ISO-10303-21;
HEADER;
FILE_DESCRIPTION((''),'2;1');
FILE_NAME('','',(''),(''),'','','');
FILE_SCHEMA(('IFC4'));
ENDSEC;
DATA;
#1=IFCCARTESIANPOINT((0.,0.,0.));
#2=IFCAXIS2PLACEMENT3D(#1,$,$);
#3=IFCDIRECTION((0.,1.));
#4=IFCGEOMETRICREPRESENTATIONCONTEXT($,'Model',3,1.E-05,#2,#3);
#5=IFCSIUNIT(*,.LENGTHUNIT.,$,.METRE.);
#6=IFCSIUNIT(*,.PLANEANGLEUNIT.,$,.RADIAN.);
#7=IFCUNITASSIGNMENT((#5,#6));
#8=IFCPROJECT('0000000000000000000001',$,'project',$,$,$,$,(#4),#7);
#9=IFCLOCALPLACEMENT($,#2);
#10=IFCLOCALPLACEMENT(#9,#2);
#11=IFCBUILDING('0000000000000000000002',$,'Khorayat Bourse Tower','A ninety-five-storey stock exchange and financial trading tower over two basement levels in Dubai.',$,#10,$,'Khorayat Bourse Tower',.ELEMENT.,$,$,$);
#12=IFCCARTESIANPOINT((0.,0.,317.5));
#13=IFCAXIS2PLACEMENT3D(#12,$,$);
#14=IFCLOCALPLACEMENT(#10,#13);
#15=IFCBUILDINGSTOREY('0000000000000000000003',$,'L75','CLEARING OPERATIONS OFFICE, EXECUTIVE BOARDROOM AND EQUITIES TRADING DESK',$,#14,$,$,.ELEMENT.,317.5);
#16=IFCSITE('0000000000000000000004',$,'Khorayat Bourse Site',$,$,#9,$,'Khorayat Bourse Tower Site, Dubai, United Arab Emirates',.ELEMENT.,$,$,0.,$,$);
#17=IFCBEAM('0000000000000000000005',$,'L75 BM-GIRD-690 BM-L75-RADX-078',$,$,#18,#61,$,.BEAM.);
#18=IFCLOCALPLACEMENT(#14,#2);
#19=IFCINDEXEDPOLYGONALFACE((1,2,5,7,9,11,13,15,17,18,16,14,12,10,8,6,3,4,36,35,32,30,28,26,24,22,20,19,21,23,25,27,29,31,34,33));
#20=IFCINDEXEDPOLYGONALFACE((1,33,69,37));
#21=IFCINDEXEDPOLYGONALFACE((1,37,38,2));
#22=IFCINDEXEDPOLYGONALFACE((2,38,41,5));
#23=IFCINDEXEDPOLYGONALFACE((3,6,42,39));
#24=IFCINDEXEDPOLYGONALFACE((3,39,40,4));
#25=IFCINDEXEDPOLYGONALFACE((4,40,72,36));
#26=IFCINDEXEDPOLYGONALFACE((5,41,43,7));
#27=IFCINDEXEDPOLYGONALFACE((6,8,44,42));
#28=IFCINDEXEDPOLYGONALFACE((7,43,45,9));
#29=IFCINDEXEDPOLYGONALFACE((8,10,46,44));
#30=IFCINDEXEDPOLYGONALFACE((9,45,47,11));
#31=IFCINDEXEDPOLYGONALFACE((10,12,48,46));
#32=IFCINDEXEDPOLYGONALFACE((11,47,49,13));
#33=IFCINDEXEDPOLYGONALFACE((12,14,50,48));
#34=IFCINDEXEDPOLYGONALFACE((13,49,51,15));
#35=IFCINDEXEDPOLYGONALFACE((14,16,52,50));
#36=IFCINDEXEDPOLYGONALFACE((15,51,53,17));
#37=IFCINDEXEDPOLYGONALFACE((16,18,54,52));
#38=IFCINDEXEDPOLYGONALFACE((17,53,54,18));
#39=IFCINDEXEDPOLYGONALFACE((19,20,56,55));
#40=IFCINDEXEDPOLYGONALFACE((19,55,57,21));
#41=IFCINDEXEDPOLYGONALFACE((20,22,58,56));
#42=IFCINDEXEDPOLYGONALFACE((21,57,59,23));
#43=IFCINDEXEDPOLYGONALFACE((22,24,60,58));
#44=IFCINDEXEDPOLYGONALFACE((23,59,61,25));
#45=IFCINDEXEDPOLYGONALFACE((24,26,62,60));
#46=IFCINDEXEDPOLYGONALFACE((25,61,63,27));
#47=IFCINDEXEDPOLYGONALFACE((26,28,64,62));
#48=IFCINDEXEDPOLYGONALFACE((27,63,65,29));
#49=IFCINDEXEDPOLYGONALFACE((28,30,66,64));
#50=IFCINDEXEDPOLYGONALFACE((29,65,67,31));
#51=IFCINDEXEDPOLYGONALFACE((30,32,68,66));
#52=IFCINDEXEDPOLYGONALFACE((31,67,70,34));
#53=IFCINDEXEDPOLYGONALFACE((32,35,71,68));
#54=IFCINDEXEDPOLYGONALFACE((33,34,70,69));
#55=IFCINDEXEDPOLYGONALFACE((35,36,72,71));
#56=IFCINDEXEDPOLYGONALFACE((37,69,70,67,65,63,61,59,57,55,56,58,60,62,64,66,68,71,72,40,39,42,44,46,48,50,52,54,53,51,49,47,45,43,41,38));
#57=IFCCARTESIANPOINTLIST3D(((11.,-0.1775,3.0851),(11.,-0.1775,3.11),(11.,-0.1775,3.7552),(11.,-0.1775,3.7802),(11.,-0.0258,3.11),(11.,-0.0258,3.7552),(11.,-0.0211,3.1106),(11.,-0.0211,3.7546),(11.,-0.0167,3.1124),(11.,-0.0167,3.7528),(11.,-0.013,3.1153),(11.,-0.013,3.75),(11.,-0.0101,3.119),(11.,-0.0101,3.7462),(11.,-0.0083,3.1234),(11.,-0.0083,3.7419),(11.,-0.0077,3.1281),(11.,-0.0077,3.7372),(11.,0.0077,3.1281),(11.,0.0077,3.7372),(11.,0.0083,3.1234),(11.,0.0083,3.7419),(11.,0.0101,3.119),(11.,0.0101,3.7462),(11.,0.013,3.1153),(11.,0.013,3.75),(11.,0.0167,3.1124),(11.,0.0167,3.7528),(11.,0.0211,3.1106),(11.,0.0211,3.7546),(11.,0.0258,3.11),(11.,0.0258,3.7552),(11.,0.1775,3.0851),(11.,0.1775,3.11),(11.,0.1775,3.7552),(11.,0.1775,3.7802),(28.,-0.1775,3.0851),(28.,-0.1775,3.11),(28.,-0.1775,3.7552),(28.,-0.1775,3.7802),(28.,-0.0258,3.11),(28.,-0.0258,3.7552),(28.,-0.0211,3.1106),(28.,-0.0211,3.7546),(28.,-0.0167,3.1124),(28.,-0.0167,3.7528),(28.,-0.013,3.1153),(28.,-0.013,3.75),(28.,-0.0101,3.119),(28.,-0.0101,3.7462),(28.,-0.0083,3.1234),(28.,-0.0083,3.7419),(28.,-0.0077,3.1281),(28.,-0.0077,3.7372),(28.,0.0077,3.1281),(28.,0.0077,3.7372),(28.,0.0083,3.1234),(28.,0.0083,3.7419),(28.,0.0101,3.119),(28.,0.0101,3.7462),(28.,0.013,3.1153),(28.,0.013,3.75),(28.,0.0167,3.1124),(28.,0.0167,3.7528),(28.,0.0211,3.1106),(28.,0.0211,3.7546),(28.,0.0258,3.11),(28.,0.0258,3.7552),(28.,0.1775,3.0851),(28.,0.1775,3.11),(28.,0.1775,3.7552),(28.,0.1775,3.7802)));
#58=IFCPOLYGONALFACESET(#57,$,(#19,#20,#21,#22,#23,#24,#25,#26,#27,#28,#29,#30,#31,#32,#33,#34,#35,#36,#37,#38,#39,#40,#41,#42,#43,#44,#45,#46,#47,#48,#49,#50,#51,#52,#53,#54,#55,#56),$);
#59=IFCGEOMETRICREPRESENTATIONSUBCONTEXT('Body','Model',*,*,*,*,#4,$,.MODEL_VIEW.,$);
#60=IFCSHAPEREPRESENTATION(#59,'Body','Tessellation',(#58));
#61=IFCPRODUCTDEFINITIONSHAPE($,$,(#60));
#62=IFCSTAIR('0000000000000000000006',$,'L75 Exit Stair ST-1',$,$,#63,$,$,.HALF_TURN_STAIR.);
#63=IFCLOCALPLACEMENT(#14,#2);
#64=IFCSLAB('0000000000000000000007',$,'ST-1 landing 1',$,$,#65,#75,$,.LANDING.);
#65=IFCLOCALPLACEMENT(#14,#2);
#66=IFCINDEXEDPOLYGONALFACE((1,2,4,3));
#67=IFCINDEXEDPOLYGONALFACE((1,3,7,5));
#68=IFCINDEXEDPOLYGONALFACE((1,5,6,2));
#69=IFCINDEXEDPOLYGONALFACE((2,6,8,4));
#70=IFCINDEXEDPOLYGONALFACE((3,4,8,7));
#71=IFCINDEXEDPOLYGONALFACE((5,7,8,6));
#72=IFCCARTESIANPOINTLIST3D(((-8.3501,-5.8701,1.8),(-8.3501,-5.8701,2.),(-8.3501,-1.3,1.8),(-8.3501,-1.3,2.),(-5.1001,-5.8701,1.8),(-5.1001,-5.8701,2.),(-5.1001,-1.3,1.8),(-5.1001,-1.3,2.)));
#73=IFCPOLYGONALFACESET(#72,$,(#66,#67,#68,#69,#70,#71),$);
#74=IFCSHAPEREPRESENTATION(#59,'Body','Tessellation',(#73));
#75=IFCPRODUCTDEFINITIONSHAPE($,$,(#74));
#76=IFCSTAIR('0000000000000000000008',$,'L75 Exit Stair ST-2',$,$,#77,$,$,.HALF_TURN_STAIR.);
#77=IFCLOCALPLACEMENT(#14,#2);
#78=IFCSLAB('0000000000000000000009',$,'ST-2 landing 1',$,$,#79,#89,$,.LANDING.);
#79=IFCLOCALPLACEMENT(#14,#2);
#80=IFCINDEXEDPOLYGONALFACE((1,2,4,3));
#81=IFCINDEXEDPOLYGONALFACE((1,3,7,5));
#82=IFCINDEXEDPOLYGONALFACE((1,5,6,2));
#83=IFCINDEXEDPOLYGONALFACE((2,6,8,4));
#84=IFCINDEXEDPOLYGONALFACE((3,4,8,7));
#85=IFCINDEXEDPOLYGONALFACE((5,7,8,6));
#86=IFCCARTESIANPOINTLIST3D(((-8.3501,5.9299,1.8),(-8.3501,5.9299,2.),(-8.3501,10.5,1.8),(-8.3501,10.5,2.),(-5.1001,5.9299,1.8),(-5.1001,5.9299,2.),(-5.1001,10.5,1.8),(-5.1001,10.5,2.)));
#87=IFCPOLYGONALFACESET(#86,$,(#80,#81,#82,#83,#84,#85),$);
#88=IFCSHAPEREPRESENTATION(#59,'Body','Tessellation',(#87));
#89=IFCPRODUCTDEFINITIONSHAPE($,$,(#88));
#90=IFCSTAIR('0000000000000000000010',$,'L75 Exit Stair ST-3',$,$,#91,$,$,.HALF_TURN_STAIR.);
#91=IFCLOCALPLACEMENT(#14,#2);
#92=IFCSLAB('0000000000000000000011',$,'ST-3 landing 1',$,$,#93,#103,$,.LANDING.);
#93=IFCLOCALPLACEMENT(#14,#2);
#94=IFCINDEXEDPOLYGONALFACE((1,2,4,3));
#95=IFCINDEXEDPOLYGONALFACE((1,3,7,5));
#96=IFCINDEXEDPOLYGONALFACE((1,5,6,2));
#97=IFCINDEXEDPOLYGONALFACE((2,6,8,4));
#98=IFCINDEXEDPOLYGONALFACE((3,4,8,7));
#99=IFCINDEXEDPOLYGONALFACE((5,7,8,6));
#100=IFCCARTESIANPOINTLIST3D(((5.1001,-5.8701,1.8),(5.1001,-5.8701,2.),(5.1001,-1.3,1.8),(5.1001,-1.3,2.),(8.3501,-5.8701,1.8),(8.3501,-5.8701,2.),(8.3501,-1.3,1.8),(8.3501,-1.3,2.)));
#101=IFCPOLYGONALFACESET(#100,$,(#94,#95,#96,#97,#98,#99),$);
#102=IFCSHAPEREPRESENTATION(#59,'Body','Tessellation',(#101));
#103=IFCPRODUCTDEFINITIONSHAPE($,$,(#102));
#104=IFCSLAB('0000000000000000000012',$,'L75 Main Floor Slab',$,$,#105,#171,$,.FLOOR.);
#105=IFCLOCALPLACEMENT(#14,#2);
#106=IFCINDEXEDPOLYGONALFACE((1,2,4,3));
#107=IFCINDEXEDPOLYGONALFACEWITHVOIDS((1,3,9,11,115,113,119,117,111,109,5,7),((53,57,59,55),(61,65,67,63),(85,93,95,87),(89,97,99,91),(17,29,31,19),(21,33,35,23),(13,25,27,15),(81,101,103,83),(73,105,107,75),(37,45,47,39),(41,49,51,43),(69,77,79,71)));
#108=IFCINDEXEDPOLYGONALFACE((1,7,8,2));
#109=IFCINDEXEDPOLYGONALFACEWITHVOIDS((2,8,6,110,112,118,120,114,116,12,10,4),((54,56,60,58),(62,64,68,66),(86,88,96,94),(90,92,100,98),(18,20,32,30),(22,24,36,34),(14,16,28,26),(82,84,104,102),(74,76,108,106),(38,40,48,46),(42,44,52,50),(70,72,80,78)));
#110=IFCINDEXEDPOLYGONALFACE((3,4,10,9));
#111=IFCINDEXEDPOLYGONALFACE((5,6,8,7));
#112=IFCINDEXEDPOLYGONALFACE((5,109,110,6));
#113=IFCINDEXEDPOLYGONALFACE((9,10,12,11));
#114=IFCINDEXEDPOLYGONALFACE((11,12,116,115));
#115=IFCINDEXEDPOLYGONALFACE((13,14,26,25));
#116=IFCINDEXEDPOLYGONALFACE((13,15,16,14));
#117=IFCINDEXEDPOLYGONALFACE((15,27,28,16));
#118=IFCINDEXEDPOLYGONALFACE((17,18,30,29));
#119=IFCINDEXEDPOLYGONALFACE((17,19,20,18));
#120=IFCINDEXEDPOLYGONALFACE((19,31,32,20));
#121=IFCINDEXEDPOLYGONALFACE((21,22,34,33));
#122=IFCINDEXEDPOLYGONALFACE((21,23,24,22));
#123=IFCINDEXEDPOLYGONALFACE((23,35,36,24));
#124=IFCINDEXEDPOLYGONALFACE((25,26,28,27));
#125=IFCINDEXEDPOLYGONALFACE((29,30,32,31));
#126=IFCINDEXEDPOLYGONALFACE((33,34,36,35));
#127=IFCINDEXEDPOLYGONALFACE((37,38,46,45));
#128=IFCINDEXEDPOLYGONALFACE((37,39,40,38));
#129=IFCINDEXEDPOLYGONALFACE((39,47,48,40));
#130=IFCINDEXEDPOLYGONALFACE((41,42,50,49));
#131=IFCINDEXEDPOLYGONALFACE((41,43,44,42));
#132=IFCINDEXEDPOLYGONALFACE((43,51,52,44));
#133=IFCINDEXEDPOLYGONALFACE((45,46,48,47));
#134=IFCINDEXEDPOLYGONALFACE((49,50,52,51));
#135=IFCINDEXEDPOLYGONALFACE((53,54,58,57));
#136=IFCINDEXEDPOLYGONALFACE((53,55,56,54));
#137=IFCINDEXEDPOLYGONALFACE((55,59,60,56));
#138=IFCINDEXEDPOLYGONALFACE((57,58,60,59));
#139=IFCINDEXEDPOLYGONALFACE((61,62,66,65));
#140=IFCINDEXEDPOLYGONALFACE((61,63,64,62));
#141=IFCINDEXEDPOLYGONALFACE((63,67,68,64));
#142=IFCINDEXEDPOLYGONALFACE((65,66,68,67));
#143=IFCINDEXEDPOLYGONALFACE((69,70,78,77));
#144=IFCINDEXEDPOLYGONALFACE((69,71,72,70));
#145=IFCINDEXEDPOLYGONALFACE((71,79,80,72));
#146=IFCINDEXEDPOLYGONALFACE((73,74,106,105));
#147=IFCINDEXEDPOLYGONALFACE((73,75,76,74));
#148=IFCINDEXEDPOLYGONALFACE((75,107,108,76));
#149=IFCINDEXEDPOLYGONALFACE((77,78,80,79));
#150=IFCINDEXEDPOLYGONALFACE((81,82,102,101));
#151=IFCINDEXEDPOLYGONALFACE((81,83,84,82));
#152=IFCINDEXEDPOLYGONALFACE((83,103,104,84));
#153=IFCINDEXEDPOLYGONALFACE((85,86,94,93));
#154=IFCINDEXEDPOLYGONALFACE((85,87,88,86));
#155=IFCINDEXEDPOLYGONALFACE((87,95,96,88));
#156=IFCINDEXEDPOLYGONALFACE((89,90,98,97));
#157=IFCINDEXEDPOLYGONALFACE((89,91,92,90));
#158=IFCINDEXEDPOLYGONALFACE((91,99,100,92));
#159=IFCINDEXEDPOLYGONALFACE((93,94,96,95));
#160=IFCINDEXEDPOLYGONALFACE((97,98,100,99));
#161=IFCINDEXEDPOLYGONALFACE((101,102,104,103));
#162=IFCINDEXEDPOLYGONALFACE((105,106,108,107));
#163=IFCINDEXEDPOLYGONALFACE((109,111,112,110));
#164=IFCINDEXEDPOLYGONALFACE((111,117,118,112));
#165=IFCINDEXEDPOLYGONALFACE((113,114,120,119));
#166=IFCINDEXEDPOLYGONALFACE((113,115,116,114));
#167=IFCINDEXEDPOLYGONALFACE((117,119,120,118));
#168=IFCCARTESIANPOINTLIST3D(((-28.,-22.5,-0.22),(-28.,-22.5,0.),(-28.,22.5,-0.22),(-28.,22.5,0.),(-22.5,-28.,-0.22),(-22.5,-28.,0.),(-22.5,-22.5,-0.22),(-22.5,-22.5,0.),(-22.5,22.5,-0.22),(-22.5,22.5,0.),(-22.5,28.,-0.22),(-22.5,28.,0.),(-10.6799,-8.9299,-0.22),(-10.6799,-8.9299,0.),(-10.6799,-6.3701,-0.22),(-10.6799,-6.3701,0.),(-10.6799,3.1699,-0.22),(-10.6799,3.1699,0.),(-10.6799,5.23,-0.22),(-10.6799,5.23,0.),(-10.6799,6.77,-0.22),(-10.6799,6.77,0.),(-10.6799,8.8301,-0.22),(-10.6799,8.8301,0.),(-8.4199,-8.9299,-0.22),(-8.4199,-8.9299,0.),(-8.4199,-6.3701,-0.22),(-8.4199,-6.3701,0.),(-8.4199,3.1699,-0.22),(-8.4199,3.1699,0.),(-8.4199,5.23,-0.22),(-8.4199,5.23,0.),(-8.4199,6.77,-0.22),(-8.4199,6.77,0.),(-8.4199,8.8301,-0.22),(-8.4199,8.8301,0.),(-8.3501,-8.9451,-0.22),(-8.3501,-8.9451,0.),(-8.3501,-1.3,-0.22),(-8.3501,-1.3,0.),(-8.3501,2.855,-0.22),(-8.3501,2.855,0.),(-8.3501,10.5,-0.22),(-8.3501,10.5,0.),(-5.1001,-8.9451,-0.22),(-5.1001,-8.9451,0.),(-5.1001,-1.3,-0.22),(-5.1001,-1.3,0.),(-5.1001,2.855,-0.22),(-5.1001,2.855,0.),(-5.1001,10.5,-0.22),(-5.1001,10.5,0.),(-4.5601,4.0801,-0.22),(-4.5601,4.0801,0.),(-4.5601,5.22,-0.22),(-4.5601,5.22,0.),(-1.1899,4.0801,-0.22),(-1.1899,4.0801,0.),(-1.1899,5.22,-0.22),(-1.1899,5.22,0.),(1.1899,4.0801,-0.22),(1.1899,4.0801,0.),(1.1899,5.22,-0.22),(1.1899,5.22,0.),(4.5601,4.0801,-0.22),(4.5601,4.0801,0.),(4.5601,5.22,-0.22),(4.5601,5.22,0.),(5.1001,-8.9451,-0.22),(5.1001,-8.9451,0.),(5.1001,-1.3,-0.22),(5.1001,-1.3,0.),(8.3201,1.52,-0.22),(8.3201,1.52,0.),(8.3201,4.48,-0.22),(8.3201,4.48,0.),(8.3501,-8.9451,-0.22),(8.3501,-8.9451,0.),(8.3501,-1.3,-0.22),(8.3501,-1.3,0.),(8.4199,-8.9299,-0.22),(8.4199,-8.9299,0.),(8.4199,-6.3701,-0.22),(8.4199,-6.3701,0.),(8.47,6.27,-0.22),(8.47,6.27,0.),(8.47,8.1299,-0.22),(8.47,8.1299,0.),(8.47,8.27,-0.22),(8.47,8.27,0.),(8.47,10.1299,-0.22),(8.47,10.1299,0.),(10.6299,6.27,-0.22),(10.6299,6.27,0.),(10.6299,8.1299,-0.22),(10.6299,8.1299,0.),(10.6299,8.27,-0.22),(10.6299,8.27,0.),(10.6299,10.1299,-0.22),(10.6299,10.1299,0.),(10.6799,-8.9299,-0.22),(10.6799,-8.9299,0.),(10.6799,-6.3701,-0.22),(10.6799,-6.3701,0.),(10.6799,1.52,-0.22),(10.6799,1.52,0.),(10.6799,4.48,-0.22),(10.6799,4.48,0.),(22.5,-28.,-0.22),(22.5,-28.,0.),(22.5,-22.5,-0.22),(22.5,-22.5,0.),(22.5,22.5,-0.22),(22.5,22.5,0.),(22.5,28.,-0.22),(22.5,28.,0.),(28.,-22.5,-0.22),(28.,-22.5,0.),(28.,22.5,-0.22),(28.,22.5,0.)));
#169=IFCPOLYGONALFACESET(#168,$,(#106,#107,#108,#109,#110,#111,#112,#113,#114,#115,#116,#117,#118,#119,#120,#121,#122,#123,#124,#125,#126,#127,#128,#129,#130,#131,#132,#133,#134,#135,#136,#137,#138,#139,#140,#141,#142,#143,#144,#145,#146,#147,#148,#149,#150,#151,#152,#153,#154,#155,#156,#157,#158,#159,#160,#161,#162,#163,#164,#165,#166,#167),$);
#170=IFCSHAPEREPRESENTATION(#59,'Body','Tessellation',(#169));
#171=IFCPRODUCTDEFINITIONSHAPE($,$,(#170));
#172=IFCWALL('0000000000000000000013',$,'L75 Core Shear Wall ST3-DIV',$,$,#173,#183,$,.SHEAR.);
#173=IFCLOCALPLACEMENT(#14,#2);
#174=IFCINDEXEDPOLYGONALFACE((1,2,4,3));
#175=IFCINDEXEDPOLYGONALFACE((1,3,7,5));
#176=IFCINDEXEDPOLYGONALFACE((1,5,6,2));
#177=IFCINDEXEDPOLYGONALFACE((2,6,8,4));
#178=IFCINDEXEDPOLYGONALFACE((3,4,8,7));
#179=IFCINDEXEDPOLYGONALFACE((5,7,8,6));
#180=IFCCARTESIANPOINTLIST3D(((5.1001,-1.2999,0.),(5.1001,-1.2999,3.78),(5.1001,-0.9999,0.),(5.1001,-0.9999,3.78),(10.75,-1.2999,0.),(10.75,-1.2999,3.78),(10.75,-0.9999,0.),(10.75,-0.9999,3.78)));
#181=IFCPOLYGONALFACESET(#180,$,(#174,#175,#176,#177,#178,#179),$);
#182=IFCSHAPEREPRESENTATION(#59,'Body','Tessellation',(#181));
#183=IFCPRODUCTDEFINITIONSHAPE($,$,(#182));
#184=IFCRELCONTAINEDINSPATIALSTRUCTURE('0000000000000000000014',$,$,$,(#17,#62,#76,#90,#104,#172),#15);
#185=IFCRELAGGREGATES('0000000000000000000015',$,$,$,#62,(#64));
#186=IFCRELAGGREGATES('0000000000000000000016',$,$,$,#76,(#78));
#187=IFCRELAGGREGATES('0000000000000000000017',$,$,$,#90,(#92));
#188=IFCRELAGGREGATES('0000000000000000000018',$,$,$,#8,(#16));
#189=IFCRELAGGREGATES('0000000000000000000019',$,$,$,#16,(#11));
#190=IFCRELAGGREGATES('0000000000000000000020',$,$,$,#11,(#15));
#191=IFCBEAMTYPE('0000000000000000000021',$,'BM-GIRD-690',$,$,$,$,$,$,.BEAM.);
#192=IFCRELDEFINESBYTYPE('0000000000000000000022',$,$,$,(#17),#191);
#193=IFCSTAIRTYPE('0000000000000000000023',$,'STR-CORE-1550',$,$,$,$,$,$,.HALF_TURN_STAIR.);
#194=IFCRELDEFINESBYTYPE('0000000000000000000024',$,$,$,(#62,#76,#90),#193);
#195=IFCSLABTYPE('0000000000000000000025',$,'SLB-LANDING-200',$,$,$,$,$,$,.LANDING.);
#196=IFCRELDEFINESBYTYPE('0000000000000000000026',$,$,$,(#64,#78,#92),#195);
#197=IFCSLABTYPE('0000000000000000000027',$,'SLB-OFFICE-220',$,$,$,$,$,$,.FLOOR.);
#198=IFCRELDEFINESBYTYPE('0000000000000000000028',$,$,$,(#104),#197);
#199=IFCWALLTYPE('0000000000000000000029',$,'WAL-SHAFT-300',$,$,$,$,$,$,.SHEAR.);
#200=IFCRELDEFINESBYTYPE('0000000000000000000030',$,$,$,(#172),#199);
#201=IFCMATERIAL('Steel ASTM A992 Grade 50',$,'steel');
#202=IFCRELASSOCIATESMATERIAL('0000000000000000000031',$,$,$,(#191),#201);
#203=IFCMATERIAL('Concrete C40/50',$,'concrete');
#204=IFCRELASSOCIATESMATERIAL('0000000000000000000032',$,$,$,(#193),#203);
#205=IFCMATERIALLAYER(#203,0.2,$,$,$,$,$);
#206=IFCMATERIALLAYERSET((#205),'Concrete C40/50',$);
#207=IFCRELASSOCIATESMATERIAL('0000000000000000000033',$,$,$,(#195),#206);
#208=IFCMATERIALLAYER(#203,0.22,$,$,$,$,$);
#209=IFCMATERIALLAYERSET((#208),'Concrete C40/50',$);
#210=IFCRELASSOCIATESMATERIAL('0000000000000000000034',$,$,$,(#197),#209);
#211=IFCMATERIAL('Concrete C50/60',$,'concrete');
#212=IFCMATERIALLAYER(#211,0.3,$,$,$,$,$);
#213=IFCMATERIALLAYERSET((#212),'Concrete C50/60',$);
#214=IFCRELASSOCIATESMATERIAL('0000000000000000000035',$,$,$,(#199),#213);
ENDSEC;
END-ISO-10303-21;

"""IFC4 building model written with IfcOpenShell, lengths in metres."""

from ifc_helpers import new_model, si_unit, direction, frame, frame_2d, origin, origin_2d, place, context, subcontext, project, spatial, polyline, rectangle, i_section, outline, extrude, source, transform, mapped, material, layer, layer_set, material_profile, profile_set, type_object, element, aggregate, save


model = new_model("IFC4")

# Units and contexts
model_context = context("Model", 3, precision=1e-05, world=origin(), true_north=direction((0.0, 1.0)))
body_context = subcontext(model_context, "Body", "Model", "MODEL_VIEW")
ifc_project = project(units=[si_unit("LENGTHUNIT", "METRE"), si_unit("PLANEANGLEUNIT", "RADIAN")], contexts=[model_context])

# Site, building, storey
site_placement = place(None, origin())
site = spatial("IfcSite", under=ifc_project, at=site_placement, Name="Khorayat Bourse Site", LongName="Khorayat Bourse Tower Site, Dubai, United Arab Emirates", CompositionType="ELEMENT", RefElevation=0.0)
building_placement = place(site_placement, origin())
building = spatial("IfcBuilding", under=site, at=building_placement, Name="Khorayat Bourse Tower", Description="A ninety-five-storey stock exchange and financial trading tower over two basement levels in Dubai.", LongName="Khorayat Bourse Tower", CompositionType="ELEMENT")
storey_placement = place(building_placement, frame((0.0, 0.0, 317.5)))
storey = spatial("IfcBuildingStorey", under=building, at=storey_placement, Name="L75", Description="CLEARING OPERATIONS OFFICE, EXECUTIVE BOARDROOM AND EQUITIES TRADING DESK", CompositionType="ELEMENT", Elevation=317.5)

# Beam
ifc_material_1 = material(Name="Steel ASTM A992 Grade 50", Category="steel")
ifc_material_profile_1 = material_profile(ifc_material_1, i_section(OverallWidth=0.355, OverallDepth=0.6951, WebThickness=0.0154, FlangeThickness=0.0249, FilletRadius=0.0181, at=origin_2d()), Name="W690X217")
ifc_profile_set_1 = profile_set([ifc_material_profile_1], Name="Steel ASTM A992 Grade 50")
beam_type_1 = type_object("IfcBeamType", Name="BM-GIRD-690", PredefinedType="BEAM", material=ifc_profile_set_1)
shared_shape_1 = source(origin(), body_context, "Body", "SweptSolid", [
    extrude(i_section(OverallWidth=0.355, OverallDepth=0.6951, WebThickness=0.0154, FlangeThickness=0.0249, FilletRadius=0.0181, at=origin_2d()), origin(), (0.0, 0.0, 1.0), 17.0),
])
beam_1_placement = place(storey_placement, frame((11.0, 0.0, 3.4326), z_axis=(1.0, 0.0, 0.0), x_axis=(0.0, 1.0, 0.0)))
element("IfcBeam", 1, at=beam_1_placement, inside=storey, type_object=beam_type_1, Name="L75 BM-GIRD-690 BM-L75-RADX-078", PredefinedType="BEAM", context=body_context, shape_type="MappedRepresentation", body=[
    mapped(shared_shape_1, transform((0.0, 0.0, 0.0), scale=1.0)),
])

# Stairs, slabs
ifc_material_2 = material(Name="Concrete C40/50", Category="concrete")
stair_type = type_object("IfcStairType", Name="STR-CORE-1550", PredefinedType="HALF_TURN_STAIR", material=ifc_material_2)
stair_1_placement = place(storey_placement, origin())
stair_1 = element("IfcStair", 2, at=stair_1_placement, inside=storey, type_object=stair_type, Name="L75 Exit Stair ST-1", PredefinedType="HALF_TURN_STAIR")
ifc_layer_1 = layer(ifc_material_2, 0.2)
ifc_layer_set_1 = layer_set([ifc_layer_1], Name="Concrete C40/50")
slab_type_1 = type_object("IfcSlabType", Name="SLB-LANDING-200", PredefinedType="LANDING", material=ifc_layer_set_1)
slab_1_placement = place(storey_placement, frame((0.0, 0.0, 1.8)))
slab_1 = element("IfcSlab", 3, at=slab_1_placement, type_object=slab_type_1, Name="ST-1 landing 1", PredefinedType="LANDING", context=body_context, shape_type="SweptSolid", body=[
    extrude(outline(polyline([(-5.1001, -5.8701), (-5.1001, -1.3), (-8.3501, -1.3), (-8.3501, -5.8701), (-5.1001, -5.8701)])), origin(), (0.0, 0.0, 1.0), 0.2),
])
aggregate(stair_1, [slab_1])
stair_2_placement = place(storey_placement, origin())
stair_2 = element("IfcStair", 4, at=stair_2_placement, inside=storey, type_object=stair_type, Name="L75 Exit Stair ST-2", PredefinedType="HALF_TURN_STAIR")
slab_2_placement = place(storey_placement, frame((0.0, 0.0, 1.8)))
slab_2 = element("IfcSlab", 5, at=slab_2_placement, type_object=slab_type_1, Name="ST-2 landing 1", PredefinedType="LANDING", context=body_context, shape_type="SweptSolid", body=[
    extrude(outline(polyline([(-5.1001, 5.9299), (-5.1001, 10.5), (-8.3501, 10.5), (-8.3501, 5.9299), (-5.1001, 5.9299)])), origin(), (0.0, 0.0, 1.0), 0.2),
])
aggregate(stair_2, [slab_2])
stair_3_placement = place(storey_placement, origin())
stair_3 = element("IfcStair", 6, at=stair_3_placement, inside=storey, type_object=stair_type, Name="L75 Exit Stair ST-3", PredefinedType="HALF_TURN_STAIR")
slab_3_placement = place(storey_placement, frame((0.0, 0.0, 1.8)))
slab_3 = element("IfcSlab", 7, at=slab_3_placement, type_object=slab_type_1, Name="ST-3 landing 1", PredefinedType="LANDING", context=body_context, shape_type="SweptSolid", body=[
    extrude(outline(polyline([(8.3501, -5.8701), (8.3501, -1.3), (5.1001, -1.3), (5.1001, -5.8701), (8.3501, -5.8701)])), origin(), (0.0, 0.0, 1.0), 0.2),
])
aggregate(stair_3, [slab_3])

# Slab
ifc_layer_2 = layer(ifc_material_2, 0.22)
ifc_layer_set_2 = layer_set([ifc_layer_2], Name="Concrete C40/50")
slab_type_2 = type_object("IfcSlabType", Name="SLB-OFFICE-220", PredefinedType="FLOOR", material=ifc_layer_set_2)
slab_4_placement = place(storey_placement, frame((0.0, 0.0, -0.22)))
element("IfcSlab", 8, at=slab_4_placement, inside=storey, type_object=slab_type_2, Name="L75 Main Floor Slab", PredefinedType="FLOOR", context=body_context, shape_type="SweptSolid", body=[
    extrude(outline(polyline([(-22.5, -28.0), (22.5, -28.0), (22.5, -22.5), (28.0, -22.5), (28.0, 22.5), (22.5, 22.5), (22.5, 28.0), (-22.5, 28.0), (-22.5, 22.5), (-28.0, 22.5), (-28.0, -22.5), (-22.5, -22.5), (-22.5, -28.0)]), holes=[polyline([(-8.3501, -8.9451), (-5.1001, -8.9451), (-5.1001, -1.3), (-8.3501, -1.3), (-8.3501, -8.9451)]), polyline([(-8.3501, 2.855), (-5.1001, 2.855), (-5.1001, 10.5), (-8.3501, 10.5), (-8.3501, 2.855)]), polyline([(5.1001, -8.9451), (8.3501, -8.9451), (8.3501, -1.3), (5.1001, -1.3), (5.1001, -8.9451)]), polyline([(-10.6799, 3.1699), (-8.4199, 3.1699), (-8.4199, 5.23), (-10.6799, 5.23), (-10.6799, 3.1699)]), polyline([(-10.6799, 6.77), (-8.4199, 6.77), (-8.4199, 8.8301), (-10.6799, 8.8301), (-10.6799, 6.77)]), polyline([(8.47, 6.27), (10.6299, 6.27), (10.6299, 8.1299), (8.47, 8.1299), (8.47, 6.27)]), polyline([(8.47, 8.27), (10.6299, 8.27), (10.6299, 10.1299), (8.47, 10.1299), (8.47, 8.27)]), polyline([(-10.6799, -8.9299), (-8.4199, -8.9299), (-8.4199, -6.3701), (-10.6799, -6.3701), (-10.6799, -8.9299)]), polyline([(8.4199, -8.9299), (10.6799, -8.9299), (10.6799, -6.3701), (8.4199, -6.3701), (8.4199, -8.9299)]), polyline([(8.3201, 1.52), (10.6799, 1.52), (10.6799, 4.48), (8.3201, 4.48), (8.3201, 1.52)]), polyline([(-4.5601, 4.0801), (-1.1899, 4.0801), (-1.1899, 5.22), (-4.5601, 5.22), (-4.5601, 4.0801)]), polyline([(1.1899, 4.0801), (4.5601, 4.0801), (4.5601, 5.22), (1.1899, 5.22), (1.1899, 4.0801)])]), origin(), (0.0, 0.0, 1.0), 0.22),
])

# Wall
ifc_material_3 = material(Name="Concrete C50/60", Category="concrete")
ifc_layer_3 = layer(ifc_material_3, 0.3)
ifc_layer_set_3 = layer_set([ifc_layer_3], Name="Concrete C50/60")
wall_type_1 = type_object("IfcWallType", Name="WAL-SHAFT-300", PredefinedType="SHEAR", material=ifc_layer_set_3)
shared_shape_2 = source(origin(), body_context, "Body", "SweptSolid", [
    extrude(rectangle(XDim=5.6499, YDim=0.3, at=frame_2d((2.825, 0.0))), origin(), (0.0, 0.0, 1.0), 3.78),
])
wall_1_placement = place(storey_placement, frame((5.1001, -1.1499, 0.0), z_axis=(0.0, 0.0, 1.0), x_axis=(1.0, 0.0, 0.0)))
element("IfcWall", 9, at=wall_1_placement, inside=storey, type_object=wall_type_1, Name="L75 Core Shear Wall ST3-DIV", PredefinedType="SHEAR", context=body_context, shape_type="MappedRepresentation", body=[
    mapped(shared_shape_2, transform((0.0, 0.0, 0.0), scale=1.0)),
])

save(model, "model.ifc")
